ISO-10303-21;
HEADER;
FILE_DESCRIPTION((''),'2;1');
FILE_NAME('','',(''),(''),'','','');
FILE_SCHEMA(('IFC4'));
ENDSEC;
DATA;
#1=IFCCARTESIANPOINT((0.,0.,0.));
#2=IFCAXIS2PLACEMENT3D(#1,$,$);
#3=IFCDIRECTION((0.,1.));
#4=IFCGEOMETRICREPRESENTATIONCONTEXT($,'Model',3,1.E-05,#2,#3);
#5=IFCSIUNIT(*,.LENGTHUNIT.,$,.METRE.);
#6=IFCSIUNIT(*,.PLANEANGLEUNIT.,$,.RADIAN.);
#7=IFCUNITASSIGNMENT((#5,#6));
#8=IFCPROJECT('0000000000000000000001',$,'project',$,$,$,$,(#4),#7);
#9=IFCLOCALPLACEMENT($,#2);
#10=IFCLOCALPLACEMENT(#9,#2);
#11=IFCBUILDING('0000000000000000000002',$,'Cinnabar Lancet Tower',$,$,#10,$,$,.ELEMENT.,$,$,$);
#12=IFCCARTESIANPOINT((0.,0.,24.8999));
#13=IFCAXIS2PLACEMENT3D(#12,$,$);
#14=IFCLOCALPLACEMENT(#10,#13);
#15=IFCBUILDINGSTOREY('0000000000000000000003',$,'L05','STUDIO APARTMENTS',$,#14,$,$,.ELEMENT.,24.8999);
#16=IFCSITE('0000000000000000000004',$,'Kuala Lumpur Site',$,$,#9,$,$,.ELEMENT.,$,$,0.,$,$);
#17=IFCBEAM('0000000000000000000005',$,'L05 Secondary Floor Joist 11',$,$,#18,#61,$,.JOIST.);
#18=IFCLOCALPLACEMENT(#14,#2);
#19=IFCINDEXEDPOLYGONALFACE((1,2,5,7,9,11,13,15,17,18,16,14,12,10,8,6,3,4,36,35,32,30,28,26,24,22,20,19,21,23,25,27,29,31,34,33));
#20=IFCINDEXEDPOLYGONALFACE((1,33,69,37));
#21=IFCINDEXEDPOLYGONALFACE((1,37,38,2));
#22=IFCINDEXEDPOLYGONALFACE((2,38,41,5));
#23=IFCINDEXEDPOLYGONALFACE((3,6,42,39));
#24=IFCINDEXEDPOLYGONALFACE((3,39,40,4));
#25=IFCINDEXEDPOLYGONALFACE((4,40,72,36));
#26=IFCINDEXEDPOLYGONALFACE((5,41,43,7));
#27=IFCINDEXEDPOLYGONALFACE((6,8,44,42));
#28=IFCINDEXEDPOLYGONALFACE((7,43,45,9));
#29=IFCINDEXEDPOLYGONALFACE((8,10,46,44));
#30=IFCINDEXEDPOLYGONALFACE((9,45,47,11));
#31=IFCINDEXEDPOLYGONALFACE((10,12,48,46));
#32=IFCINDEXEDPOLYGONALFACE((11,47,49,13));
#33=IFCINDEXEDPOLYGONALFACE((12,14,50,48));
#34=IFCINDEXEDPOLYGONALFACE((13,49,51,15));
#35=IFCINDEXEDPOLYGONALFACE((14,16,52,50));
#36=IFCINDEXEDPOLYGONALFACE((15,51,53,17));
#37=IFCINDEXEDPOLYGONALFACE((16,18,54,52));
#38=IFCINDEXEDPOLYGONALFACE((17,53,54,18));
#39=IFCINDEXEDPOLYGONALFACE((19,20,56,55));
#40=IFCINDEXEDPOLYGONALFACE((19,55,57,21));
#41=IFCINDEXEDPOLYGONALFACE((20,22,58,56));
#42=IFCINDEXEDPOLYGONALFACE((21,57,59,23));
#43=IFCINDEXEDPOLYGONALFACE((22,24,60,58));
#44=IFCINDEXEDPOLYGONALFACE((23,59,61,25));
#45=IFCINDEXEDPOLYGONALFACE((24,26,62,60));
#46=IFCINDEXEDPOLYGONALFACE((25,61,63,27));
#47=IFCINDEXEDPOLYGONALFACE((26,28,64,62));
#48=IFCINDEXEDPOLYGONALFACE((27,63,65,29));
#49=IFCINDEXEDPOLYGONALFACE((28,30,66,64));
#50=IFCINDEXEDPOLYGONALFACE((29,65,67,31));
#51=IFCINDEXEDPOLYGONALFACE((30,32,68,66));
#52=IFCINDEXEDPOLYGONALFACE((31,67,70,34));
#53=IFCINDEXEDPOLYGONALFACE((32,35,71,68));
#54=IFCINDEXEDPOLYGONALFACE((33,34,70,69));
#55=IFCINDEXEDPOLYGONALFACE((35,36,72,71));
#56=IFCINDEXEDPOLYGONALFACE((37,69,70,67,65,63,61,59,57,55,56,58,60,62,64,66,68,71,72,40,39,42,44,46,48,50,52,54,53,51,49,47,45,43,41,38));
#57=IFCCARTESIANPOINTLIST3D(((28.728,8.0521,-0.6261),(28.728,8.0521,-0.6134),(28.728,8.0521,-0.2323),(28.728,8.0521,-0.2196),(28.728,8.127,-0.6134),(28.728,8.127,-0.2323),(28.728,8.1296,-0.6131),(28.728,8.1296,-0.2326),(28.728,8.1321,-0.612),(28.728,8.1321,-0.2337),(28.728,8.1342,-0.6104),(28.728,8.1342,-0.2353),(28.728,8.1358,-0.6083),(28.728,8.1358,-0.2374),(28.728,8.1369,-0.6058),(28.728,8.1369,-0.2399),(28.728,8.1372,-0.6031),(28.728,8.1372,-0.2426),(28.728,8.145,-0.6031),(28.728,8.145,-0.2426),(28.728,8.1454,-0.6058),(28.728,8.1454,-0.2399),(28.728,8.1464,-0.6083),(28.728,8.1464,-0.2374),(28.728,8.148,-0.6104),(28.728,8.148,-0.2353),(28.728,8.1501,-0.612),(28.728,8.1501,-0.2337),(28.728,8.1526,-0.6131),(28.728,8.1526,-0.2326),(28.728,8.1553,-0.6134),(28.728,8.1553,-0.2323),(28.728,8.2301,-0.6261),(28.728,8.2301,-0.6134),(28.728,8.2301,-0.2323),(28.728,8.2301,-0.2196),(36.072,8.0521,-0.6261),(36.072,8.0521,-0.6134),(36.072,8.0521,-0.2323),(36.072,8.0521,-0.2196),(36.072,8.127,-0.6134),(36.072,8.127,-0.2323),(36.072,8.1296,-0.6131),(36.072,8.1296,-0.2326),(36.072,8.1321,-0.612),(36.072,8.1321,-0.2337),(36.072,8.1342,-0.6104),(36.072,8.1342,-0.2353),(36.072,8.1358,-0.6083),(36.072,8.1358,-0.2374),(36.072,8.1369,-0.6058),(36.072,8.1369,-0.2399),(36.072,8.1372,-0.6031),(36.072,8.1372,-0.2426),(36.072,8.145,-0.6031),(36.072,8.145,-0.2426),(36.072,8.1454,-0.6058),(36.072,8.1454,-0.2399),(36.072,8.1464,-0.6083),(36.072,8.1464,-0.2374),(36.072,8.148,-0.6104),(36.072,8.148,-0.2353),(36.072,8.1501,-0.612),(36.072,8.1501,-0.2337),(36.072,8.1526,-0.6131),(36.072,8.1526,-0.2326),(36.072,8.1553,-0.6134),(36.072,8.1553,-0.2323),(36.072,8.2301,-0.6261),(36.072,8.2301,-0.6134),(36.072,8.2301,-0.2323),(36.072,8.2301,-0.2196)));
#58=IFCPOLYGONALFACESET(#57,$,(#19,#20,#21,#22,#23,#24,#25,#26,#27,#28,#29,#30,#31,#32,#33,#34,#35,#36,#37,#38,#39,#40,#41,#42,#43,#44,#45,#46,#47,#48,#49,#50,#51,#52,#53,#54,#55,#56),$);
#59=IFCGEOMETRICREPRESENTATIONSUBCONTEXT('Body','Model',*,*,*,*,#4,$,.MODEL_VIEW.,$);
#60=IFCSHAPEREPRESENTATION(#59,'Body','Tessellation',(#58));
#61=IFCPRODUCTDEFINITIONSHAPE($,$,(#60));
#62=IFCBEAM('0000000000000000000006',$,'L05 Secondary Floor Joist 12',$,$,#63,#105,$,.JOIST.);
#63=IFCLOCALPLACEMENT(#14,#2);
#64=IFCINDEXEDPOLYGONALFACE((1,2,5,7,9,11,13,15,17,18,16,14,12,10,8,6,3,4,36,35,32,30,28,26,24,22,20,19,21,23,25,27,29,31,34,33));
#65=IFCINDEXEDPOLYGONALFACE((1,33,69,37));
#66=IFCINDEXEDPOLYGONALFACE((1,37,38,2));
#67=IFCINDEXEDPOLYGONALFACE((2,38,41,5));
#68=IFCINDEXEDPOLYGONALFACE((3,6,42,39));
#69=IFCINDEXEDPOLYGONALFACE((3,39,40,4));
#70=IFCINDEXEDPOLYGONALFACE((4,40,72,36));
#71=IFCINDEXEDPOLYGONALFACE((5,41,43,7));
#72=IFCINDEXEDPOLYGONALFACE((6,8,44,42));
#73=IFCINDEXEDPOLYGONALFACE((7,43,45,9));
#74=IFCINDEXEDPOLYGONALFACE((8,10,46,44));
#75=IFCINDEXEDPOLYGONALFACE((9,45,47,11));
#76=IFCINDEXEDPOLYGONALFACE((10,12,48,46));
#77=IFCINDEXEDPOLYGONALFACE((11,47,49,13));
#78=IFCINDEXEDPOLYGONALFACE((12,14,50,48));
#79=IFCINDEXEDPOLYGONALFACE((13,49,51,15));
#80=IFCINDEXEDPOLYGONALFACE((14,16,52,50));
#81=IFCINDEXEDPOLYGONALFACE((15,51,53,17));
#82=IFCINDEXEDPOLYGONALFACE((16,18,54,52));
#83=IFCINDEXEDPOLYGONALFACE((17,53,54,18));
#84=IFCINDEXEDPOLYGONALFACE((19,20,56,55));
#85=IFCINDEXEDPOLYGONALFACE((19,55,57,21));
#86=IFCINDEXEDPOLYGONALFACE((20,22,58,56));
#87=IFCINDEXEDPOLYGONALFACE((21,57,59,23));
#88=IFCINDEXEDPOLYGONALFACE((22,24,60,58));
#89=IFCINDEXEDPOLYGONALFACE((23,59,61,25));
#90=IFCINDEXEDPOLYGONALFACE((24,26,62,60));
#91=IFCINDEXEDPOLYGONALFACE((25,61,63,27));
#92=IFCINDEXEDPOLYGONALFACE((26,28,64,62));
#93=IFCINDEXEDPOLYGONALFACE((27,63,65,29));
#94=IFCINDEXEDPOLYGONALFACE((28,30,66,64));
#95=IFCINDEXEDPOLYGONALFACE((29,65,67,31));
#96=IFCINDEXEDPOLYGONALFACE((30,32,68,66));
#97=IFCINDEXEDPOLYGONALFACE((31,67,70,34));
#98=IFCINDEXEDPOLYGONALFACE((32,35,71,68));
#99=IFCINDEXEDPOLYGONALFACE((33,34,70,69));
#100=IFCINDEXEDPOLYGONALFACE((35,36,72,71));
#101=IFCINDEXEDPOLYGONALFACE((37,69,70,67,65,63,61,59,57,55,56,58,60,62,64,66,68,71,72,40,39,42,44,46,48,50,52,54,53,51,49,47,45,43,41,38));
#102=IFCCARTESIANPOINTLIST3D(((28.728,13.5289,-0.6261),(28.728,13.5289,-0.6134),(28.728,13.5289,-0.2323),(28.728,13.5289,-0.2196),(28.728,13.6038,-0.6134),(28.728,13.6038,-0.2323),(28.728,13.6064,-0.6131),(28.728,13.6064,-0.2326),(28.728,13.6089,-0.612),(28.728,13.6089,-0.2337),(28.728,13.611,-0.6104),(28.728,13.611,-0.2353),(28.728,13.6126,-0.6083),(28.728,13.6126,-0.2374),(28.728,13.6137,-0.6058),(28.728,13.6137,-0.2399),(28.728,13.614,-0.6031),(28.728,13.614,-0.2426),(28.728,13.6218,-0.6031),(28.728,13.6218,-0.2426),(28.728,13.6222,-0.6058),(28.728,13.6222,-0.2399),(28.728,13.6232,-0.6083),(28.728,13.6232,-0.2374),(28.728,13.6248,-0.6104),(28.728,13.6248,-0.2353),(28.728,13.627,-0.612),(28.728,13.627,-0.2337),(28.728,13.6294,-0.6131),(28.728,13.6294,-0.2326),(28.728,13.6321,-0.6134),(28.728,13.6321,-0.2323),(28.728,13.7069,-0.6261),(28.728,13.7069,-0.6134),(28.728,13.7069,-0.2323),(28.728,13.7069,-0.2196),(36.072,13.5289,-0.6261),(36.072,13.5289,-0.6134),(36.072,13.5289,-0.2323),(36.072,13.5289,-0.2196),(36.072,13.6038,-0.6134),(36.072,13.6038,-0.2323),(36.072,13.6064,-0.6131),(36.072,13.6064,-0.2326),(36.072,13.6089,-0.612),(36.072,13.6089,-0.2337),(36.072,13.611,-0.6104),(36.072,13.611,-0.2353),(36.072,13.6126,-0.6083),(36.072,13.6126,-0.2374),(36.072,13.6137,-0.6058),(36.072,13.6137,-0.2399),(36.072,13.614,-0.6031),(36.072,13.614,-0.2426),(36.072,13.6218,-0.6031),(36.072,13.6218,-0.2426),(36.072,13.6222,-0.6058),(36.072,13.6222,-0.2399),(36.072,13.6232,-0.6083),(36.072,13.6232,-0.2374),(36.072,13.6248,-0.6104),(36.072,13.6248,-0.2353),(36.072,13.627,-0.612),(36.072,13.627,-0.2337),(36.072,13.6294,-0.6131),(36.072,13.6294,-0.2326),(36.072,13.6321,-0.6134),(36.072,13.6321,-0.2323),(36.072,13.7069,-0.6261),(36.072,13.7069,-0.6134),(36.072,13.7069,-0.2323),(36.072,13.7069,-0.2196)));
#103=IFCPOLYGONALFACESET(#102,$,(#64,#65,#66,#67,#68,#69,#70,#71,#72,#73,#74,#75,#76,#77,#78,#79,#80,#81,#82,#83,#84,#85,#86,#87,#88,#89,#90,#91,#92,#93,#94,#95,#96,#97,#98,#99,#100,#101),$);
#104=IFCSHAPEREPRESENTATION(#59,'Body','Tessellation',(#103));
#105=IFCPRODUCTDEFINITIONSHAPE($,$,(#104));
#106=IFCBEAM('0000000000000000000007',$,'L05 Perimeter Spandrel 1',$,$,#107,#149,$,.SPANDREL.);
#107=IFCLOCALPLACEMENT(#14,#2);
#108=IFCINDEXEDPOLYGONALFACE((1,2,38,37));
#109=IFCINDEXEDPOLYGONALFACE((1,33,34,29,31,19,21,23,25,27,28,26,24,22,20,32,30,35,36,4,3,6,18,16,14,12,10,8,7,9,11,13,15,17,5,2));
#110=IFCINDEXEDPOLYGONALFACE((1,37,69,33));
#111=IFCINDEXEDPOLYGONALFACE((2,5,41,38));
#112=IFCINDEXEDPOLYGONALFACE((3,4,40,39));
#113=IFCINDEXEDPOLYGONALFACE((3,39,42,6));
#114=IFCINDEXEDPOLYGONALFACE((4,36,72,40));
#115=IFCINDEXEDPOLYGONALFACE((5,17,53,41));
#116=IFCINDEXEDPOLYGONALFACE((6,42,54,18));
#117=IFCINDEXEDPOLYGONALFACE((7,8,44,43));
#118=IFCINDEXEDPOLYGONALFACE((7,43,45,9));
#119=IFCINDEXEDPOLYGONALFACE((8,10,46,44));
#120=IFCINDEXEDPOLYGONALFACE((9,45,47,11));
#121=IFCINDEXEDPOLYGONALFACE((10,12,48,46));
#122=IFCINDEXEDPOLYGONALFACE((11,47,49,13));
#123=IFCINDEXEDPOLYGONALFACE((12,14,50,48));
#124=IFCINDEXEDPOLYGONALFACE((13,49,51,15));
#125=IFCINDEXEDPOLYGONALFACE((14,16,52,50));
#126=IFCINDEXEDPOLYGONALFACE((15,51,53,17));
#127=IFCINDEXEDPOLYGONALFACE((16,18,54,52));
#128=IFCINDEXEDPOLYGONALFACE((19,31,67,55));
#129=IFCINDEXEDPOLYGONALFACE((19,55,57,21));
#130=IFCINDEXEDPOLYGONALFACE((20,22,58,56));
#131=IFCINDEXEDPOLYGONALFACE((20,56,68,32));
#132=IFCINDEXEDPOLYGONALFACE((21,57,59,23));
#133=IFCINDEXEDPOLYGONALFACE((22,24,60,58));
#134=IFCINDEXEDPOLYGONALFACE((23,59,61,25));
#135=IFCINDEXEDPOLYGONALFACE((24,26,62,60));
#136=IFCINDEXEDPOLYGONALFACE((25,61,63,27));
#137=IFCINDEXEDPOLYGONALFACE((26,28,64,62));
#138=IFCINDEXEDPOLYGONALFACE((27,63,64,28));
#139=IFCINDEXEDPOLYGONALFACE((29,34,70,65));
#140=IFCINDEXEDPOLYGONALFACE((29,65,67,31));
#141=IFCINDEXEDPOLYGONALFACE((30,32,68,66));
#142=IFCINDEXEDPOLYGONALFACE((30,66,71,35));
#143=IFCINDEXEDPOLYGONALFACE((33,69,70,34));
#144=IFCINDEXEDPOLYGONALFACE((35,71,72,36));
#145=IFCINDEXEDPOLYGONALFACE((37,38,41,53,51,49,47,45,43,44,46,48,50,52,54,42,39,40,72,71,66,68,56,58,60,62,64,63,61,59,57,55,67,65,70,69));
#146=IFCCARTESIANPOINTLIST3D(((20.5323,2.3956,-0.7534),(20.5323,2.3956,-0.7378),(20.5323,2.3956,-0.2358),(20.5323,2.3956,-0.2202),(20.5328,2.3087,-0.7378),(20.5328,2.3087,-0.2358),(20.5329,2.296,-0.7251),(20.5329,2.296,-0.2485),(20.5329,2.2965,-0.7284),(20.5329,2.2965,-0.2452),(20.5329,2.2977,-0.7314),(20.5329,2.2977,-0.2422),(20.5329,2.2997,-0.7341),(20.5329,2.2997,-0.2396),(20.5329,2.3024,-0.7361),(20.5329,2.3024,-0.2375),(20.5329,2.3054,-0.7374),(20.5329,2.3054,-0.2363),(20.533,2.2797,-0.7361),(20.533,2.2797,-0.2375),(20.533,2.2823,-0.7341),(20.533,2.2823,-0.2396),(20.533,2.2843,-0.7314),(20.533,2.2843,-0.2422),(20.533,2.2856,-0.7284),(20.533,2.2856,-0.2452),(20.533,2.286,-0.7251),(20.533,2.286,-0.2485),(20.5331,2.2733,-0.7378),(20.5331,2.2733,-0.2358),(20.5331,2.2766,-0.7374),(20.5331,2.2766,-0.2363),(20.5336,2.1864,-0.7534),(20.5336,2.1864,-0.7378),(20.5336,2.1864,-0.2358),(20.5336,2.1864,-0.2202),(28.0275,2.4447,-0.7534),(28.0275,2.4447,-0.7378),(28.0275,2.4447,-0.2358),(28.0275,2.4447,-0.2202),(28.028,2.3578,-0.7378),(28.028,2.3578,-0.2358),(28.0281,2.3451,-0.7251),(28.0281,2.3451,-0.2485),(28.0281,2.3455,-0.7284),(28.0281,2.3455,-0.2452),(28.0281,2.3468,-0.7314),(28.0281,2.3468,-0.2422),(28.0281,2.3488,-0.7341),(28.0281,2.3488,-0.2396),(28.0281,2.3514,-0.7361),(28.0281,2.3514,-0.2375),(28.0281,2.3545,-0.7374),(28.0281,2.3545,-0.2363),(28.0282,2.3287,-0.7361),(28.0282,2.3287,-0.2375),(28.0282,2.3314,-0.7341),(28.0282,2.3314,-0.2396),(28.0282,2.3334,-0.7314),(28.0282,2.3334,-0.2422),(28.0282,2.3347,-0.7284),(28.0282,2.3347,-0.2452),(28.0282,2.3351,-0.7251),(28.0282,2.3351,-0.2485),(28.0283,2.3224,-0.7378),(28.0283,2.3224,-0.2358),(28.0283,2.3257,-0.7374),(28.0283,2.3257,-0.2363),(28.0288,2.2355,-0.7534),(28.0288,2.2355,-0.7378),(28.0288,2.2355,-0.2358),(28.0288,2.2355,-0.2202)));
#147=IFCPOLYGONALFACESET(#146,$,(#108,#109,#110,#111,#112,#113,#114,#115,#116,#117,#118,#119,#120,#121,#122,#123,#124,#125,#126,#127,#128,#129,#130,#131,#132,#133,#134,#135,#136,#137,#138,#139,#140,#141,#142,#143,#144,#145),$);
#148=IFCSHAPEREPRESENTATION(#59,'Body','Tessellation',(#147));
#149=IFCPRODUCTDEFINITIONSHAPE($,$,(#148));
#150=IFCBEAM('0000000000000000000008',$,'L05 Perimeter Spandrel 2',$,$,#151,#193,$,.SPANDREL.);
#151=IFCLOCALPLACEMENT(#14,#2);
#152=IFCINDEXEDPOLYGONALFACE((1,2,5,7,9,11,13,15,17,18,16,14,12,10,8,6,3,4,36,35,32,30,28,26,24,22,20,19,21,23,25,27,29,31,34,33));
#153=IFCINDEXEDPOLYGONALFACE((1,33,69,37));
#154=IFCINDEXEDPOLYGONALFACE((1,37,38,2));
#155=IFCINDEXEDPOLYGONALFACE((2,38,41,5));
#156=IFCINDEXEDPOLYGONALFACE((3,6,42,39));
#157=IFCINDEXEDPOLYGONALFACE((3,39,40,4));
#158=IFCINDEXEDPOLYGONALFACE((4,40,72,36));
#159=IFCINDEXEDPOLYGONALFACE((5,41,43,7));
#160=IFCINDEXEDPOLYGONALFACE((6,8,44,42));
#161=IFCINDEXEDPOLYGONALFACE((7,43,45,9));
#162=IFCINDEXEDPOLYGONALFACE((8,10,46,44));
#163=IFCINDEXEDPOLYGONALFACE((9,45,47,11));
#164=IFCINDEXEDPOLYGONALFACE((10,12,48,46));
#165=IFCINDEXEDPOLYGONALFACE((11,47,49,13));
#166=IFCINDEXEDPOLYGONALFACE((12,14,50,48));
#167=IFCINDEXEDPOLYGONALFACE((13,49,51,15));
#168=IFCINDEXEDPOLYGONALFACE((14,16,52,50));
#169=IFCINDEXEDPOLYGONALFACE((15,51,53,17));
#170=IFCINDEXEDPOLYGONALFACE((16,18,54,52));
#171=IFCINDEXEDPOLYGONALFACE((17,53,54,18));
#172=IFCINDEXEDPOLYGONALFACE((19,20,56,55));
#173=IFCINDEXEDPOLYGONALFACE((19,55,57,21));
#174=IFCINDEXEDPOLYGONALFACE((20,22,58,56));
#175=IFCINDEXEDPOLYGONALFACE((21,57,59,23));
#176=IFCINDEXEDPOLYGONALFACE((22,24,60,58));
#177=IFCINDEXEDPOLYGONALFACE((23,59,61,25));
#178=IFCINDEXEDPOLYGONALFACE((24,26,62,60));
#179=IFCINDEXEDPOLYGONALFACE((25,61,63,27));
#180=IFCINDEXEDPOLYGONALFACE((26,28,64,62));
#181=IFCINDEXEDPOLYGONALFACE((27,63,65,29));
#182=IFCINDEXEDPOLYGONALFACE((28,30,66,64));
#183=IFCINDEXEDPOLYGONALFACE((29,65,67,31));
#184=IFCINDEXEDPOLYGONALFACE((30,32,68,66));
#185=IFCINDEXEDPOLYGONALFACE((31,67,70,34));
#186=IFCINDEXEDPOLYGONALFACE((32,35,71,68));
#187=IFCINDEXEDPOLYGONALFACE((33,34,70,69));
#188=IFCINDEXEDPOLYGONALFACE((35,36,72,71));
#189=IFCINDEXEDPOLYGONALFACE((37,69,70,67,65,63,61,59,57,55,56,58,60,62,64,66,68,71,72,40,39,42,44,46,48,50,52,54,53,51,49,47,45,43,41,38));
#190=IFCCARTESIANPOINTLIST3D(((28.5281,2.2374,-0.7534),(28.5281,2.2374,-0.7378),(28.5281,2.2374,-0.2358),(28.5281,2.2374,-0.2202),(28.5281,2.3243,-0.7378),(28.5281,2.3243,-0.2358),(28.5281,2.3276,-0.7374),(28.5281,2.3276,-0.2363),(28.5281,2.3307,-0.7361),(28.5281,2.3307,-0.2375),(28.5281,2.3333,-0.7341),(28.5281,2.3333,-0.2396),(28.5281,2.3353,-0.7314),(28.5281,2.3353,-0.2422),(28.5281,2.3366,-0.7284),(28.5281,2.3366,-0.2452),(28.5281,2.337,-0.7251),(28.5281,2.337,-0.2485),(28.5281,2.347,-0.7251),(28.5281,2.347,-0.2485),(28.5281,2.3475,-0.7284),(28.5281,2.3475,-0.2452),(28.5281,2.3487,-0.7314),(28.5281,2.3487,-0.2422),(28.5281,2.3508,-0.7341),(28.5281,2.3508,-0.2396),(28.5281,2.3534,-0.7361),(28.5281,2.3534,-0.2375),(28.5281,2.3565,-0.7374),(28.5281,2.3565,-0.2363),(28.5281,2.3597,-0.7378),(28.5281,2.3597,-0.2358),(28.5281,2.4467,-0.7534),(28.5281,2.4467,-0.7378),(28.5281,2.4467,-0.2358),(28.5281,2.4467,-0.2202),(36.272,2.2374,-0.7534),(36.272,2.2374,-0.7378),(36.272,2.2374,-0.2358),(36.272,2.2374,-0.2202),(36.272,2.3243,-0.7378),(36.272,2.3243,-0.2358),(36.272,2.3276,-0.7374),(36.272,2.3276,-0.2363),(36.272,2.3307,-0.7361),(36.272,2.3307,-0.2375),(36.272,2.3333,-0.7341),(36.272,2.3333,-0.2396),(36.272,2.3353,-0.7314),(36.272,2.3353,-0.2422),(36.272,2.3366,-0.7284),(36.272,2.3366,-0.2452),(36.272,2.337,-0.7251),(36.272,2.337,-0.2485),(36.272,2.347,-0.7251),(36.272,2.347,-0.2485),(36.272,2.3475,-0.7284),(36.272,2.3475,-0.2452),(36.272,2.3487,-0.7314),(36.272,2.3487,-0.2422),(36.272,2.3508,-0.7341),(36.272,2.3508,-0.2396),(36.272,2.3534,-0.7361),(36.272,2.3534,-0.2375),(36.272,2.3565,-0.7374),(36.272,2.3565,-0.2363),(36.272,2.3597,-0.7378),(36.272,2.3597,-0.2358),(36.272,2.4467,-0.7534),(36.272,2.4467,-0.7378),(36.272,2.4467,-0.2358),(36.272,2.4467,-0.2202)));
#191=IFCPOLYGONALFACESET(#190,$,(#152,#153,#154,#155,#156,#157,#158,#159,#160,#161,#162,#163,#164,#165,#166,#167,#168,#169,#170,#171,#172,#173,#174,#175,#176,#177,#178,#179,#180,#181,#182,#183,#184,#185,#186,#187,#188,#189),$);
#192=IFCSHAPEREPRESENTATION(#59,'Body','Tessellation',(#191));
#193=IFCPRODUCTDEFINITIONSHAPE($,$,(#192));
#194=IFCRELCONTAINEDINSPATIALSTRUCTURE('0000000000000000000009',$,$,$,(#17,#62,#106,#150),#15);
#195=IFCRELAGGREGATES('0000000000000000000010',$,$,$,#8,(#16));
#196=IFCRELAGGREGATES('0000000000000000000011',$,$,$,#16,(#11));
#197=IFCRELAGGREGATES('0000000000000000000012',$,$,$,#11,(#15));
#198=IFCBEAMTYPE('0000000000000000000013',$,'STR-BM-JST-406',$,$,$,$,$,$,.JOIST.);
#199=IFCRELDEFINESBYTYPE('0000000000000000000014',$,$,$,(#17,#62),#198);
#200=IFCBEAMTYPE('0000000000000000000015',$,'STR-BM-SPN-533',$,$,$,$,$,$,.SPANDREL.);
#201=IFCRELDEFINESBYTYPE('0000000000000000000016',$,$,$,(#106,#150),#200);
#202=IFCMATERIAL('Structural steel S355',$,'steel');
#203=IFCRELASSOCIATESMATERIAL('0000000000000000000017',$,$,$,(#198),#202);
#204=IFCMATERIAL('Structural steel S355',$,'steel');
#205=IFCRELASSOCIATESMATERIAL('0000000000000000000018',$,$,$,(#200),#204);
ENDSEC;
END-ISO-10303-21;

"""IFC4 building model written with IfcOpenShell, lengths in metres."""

from ifc_helpers import new_model, si_unit, direction, frame, origin, origin_2d, place, context, subcontext, project, spatial, i_section, extrude, material, material_profile, profile_set, type_object, element, save


model = new_model("IFC4")

# Units and contexts
model_context = context("Model", 3, precision=1e-05, world=origin(), true_north=direction((0.0, 1.0)))
body_context = subcontext(model_context, "Body", "Model", "MODEL_VIEW")
ifc_project = project(units=[si_unit("LENGTHUNIT", "METRE"), si_unit("PLANEANGLEUNIT", "RADIAN")], contexts=[model_context])

# Site, building, storey
site_placement = place(None, origin())
site = spatial("IfcSite", under=ifc_project, at=site_placement, Name="Kuala Lumpur Site", CompositionType="ELEMENT", RefElevation=0.0)
building_placement = place(site_placement, origin())
building = spatial("IfcBuilding", under=site, at=building_placement, Name="Cinnabar Lancet Tower", CompositionType="ELEMENT")
storey_placement = place(building_placement, frame((0.0, 0.0, 24.8999)))
storey = spatial("IfcBuildingStorey", under=building, at=storey_placement, Name="L05", Description="STUDIO APARTMENTS", CompositionType="ELEMENT", Elevation=24.8999)

# Beams
ifc_material_1 = material(Name="Structural steel S355", Category="steel")
ifc_material_profile_1 = material_profile(ifc_material_1, i_section(OverallWidth=0.178, OverallDepth=0.4065, WebThickness=0.0078, FlangeThickness=0.0127, FilletRadius=0.0103, at=origin_2d()), Name="UKB 406x178x60")
ifc_profile_set_1 = profile_set([ifc_material_profile_1], Name="Structural steel S355")
beam_type_1 = type_object("IfcBeamType", Name="STR-BM-JST-406", PredefinedType="JOIST", material=ifc_profile_set_1)
for number, where, z_axis, x_axis, name in (
    (1, (28.728, 8.1411, -0.4229), (1.0, 0.0, 0.0), (0.0, 1.0, 0.0), "L05 Secondary Floor Joist 11"),
    (2, (28.728, 13.6179, -0.4229), (1.0, 0.0, 0.0), (0.0, 1.0, 0.0), "L05 Secondary Floor Joist 12"),
):
    element("IfcBeam", number, at=place(storey_placement, frame(where, z_axis=z_axis, x_axis=x_axis)), inside=storey, type_object=beam_type_1, Name=name, PredefinedType="JOIST", context=body_context, shape_type="SweptSolid", body=[
        extrude(i_section(OverallWidth=0.178, OverallDepth=0.4065, WebThickness=0.0078, FlangeThickness=0.0127, FilletRadius=0.0103, at=origin_2d()), origin(), (0.0, 0.0, 1.0), 7.344),
    ])
ifc_material_2 = material(Name="Structural steel S355", Category="steel")
ifc_material_profile_2 = material_profile(ifc_material_2, i_section(OverallWidth=0.2092, OverallDepth=0.5332, WebThickness=0.01, FlangeThickness=0.0156, FilletRadius=0.0127, at=origin_2d()), Name="UKB 533x210x92")
ifc_profile_set_2 = profile_set([ifc_material_profile_2], Name="Structural steel S355")
beam_type_2 = type_object("IfcBeamType", Name="STR-BM-SPN-533", PredefinedType="SPANDREL", material=ifc_profile_set_2)
beam_1_placement = place(storey_placement, frame((20.533, 2.291, -0.4868), z_axis=(0.999979, 0.006547, 0.0), x_axis=(-0.006547, 0.999979, 0.0)))
element("IfcBeam", 3, at=beam_1_placement, inside=storey, type_object=beam_type_2, Name="L05 Perimeter Spandrel 1", PredefinedType="SPANDREL", context=body_context, shape_type="SweptSolid", body=[
    extrude(i_section(OverallWidth=0.2092, OverallDepth=0.5332, WebThickness=0.01, FlangeThickness=0.0156, FilletRadius=0.0127, at=origin_2d()), origin(), (0.0, 0.0, 1.0), 7.4954),
])
beam_2_placement = place(storey_placement, frame((28.5281, 2.342, -0.4868), z_axis=(1.0, 0.0, 0.0), x_axis=(0.0, 1.0, 0.0)))
element("IfcBeam", 4, at=beam_2_placement, inside=storey, type_object=beam_type_2, Name="L05 Perimeter Spandrel 2", PredefinedType="SPANDREL", context=body_context, shape_type="SweptSolid", body=[
    extrude(i_section(OverallWidth=0.2092, OverallDepth=0.5332, WebThickness=0.01, FlangeThickness=0.0156, FilletRadius=0.0127, at=origin_2d()), origin(), (0.0, 0.0, 1.0), 7.7439),
])

save(model, "model.ifc")
